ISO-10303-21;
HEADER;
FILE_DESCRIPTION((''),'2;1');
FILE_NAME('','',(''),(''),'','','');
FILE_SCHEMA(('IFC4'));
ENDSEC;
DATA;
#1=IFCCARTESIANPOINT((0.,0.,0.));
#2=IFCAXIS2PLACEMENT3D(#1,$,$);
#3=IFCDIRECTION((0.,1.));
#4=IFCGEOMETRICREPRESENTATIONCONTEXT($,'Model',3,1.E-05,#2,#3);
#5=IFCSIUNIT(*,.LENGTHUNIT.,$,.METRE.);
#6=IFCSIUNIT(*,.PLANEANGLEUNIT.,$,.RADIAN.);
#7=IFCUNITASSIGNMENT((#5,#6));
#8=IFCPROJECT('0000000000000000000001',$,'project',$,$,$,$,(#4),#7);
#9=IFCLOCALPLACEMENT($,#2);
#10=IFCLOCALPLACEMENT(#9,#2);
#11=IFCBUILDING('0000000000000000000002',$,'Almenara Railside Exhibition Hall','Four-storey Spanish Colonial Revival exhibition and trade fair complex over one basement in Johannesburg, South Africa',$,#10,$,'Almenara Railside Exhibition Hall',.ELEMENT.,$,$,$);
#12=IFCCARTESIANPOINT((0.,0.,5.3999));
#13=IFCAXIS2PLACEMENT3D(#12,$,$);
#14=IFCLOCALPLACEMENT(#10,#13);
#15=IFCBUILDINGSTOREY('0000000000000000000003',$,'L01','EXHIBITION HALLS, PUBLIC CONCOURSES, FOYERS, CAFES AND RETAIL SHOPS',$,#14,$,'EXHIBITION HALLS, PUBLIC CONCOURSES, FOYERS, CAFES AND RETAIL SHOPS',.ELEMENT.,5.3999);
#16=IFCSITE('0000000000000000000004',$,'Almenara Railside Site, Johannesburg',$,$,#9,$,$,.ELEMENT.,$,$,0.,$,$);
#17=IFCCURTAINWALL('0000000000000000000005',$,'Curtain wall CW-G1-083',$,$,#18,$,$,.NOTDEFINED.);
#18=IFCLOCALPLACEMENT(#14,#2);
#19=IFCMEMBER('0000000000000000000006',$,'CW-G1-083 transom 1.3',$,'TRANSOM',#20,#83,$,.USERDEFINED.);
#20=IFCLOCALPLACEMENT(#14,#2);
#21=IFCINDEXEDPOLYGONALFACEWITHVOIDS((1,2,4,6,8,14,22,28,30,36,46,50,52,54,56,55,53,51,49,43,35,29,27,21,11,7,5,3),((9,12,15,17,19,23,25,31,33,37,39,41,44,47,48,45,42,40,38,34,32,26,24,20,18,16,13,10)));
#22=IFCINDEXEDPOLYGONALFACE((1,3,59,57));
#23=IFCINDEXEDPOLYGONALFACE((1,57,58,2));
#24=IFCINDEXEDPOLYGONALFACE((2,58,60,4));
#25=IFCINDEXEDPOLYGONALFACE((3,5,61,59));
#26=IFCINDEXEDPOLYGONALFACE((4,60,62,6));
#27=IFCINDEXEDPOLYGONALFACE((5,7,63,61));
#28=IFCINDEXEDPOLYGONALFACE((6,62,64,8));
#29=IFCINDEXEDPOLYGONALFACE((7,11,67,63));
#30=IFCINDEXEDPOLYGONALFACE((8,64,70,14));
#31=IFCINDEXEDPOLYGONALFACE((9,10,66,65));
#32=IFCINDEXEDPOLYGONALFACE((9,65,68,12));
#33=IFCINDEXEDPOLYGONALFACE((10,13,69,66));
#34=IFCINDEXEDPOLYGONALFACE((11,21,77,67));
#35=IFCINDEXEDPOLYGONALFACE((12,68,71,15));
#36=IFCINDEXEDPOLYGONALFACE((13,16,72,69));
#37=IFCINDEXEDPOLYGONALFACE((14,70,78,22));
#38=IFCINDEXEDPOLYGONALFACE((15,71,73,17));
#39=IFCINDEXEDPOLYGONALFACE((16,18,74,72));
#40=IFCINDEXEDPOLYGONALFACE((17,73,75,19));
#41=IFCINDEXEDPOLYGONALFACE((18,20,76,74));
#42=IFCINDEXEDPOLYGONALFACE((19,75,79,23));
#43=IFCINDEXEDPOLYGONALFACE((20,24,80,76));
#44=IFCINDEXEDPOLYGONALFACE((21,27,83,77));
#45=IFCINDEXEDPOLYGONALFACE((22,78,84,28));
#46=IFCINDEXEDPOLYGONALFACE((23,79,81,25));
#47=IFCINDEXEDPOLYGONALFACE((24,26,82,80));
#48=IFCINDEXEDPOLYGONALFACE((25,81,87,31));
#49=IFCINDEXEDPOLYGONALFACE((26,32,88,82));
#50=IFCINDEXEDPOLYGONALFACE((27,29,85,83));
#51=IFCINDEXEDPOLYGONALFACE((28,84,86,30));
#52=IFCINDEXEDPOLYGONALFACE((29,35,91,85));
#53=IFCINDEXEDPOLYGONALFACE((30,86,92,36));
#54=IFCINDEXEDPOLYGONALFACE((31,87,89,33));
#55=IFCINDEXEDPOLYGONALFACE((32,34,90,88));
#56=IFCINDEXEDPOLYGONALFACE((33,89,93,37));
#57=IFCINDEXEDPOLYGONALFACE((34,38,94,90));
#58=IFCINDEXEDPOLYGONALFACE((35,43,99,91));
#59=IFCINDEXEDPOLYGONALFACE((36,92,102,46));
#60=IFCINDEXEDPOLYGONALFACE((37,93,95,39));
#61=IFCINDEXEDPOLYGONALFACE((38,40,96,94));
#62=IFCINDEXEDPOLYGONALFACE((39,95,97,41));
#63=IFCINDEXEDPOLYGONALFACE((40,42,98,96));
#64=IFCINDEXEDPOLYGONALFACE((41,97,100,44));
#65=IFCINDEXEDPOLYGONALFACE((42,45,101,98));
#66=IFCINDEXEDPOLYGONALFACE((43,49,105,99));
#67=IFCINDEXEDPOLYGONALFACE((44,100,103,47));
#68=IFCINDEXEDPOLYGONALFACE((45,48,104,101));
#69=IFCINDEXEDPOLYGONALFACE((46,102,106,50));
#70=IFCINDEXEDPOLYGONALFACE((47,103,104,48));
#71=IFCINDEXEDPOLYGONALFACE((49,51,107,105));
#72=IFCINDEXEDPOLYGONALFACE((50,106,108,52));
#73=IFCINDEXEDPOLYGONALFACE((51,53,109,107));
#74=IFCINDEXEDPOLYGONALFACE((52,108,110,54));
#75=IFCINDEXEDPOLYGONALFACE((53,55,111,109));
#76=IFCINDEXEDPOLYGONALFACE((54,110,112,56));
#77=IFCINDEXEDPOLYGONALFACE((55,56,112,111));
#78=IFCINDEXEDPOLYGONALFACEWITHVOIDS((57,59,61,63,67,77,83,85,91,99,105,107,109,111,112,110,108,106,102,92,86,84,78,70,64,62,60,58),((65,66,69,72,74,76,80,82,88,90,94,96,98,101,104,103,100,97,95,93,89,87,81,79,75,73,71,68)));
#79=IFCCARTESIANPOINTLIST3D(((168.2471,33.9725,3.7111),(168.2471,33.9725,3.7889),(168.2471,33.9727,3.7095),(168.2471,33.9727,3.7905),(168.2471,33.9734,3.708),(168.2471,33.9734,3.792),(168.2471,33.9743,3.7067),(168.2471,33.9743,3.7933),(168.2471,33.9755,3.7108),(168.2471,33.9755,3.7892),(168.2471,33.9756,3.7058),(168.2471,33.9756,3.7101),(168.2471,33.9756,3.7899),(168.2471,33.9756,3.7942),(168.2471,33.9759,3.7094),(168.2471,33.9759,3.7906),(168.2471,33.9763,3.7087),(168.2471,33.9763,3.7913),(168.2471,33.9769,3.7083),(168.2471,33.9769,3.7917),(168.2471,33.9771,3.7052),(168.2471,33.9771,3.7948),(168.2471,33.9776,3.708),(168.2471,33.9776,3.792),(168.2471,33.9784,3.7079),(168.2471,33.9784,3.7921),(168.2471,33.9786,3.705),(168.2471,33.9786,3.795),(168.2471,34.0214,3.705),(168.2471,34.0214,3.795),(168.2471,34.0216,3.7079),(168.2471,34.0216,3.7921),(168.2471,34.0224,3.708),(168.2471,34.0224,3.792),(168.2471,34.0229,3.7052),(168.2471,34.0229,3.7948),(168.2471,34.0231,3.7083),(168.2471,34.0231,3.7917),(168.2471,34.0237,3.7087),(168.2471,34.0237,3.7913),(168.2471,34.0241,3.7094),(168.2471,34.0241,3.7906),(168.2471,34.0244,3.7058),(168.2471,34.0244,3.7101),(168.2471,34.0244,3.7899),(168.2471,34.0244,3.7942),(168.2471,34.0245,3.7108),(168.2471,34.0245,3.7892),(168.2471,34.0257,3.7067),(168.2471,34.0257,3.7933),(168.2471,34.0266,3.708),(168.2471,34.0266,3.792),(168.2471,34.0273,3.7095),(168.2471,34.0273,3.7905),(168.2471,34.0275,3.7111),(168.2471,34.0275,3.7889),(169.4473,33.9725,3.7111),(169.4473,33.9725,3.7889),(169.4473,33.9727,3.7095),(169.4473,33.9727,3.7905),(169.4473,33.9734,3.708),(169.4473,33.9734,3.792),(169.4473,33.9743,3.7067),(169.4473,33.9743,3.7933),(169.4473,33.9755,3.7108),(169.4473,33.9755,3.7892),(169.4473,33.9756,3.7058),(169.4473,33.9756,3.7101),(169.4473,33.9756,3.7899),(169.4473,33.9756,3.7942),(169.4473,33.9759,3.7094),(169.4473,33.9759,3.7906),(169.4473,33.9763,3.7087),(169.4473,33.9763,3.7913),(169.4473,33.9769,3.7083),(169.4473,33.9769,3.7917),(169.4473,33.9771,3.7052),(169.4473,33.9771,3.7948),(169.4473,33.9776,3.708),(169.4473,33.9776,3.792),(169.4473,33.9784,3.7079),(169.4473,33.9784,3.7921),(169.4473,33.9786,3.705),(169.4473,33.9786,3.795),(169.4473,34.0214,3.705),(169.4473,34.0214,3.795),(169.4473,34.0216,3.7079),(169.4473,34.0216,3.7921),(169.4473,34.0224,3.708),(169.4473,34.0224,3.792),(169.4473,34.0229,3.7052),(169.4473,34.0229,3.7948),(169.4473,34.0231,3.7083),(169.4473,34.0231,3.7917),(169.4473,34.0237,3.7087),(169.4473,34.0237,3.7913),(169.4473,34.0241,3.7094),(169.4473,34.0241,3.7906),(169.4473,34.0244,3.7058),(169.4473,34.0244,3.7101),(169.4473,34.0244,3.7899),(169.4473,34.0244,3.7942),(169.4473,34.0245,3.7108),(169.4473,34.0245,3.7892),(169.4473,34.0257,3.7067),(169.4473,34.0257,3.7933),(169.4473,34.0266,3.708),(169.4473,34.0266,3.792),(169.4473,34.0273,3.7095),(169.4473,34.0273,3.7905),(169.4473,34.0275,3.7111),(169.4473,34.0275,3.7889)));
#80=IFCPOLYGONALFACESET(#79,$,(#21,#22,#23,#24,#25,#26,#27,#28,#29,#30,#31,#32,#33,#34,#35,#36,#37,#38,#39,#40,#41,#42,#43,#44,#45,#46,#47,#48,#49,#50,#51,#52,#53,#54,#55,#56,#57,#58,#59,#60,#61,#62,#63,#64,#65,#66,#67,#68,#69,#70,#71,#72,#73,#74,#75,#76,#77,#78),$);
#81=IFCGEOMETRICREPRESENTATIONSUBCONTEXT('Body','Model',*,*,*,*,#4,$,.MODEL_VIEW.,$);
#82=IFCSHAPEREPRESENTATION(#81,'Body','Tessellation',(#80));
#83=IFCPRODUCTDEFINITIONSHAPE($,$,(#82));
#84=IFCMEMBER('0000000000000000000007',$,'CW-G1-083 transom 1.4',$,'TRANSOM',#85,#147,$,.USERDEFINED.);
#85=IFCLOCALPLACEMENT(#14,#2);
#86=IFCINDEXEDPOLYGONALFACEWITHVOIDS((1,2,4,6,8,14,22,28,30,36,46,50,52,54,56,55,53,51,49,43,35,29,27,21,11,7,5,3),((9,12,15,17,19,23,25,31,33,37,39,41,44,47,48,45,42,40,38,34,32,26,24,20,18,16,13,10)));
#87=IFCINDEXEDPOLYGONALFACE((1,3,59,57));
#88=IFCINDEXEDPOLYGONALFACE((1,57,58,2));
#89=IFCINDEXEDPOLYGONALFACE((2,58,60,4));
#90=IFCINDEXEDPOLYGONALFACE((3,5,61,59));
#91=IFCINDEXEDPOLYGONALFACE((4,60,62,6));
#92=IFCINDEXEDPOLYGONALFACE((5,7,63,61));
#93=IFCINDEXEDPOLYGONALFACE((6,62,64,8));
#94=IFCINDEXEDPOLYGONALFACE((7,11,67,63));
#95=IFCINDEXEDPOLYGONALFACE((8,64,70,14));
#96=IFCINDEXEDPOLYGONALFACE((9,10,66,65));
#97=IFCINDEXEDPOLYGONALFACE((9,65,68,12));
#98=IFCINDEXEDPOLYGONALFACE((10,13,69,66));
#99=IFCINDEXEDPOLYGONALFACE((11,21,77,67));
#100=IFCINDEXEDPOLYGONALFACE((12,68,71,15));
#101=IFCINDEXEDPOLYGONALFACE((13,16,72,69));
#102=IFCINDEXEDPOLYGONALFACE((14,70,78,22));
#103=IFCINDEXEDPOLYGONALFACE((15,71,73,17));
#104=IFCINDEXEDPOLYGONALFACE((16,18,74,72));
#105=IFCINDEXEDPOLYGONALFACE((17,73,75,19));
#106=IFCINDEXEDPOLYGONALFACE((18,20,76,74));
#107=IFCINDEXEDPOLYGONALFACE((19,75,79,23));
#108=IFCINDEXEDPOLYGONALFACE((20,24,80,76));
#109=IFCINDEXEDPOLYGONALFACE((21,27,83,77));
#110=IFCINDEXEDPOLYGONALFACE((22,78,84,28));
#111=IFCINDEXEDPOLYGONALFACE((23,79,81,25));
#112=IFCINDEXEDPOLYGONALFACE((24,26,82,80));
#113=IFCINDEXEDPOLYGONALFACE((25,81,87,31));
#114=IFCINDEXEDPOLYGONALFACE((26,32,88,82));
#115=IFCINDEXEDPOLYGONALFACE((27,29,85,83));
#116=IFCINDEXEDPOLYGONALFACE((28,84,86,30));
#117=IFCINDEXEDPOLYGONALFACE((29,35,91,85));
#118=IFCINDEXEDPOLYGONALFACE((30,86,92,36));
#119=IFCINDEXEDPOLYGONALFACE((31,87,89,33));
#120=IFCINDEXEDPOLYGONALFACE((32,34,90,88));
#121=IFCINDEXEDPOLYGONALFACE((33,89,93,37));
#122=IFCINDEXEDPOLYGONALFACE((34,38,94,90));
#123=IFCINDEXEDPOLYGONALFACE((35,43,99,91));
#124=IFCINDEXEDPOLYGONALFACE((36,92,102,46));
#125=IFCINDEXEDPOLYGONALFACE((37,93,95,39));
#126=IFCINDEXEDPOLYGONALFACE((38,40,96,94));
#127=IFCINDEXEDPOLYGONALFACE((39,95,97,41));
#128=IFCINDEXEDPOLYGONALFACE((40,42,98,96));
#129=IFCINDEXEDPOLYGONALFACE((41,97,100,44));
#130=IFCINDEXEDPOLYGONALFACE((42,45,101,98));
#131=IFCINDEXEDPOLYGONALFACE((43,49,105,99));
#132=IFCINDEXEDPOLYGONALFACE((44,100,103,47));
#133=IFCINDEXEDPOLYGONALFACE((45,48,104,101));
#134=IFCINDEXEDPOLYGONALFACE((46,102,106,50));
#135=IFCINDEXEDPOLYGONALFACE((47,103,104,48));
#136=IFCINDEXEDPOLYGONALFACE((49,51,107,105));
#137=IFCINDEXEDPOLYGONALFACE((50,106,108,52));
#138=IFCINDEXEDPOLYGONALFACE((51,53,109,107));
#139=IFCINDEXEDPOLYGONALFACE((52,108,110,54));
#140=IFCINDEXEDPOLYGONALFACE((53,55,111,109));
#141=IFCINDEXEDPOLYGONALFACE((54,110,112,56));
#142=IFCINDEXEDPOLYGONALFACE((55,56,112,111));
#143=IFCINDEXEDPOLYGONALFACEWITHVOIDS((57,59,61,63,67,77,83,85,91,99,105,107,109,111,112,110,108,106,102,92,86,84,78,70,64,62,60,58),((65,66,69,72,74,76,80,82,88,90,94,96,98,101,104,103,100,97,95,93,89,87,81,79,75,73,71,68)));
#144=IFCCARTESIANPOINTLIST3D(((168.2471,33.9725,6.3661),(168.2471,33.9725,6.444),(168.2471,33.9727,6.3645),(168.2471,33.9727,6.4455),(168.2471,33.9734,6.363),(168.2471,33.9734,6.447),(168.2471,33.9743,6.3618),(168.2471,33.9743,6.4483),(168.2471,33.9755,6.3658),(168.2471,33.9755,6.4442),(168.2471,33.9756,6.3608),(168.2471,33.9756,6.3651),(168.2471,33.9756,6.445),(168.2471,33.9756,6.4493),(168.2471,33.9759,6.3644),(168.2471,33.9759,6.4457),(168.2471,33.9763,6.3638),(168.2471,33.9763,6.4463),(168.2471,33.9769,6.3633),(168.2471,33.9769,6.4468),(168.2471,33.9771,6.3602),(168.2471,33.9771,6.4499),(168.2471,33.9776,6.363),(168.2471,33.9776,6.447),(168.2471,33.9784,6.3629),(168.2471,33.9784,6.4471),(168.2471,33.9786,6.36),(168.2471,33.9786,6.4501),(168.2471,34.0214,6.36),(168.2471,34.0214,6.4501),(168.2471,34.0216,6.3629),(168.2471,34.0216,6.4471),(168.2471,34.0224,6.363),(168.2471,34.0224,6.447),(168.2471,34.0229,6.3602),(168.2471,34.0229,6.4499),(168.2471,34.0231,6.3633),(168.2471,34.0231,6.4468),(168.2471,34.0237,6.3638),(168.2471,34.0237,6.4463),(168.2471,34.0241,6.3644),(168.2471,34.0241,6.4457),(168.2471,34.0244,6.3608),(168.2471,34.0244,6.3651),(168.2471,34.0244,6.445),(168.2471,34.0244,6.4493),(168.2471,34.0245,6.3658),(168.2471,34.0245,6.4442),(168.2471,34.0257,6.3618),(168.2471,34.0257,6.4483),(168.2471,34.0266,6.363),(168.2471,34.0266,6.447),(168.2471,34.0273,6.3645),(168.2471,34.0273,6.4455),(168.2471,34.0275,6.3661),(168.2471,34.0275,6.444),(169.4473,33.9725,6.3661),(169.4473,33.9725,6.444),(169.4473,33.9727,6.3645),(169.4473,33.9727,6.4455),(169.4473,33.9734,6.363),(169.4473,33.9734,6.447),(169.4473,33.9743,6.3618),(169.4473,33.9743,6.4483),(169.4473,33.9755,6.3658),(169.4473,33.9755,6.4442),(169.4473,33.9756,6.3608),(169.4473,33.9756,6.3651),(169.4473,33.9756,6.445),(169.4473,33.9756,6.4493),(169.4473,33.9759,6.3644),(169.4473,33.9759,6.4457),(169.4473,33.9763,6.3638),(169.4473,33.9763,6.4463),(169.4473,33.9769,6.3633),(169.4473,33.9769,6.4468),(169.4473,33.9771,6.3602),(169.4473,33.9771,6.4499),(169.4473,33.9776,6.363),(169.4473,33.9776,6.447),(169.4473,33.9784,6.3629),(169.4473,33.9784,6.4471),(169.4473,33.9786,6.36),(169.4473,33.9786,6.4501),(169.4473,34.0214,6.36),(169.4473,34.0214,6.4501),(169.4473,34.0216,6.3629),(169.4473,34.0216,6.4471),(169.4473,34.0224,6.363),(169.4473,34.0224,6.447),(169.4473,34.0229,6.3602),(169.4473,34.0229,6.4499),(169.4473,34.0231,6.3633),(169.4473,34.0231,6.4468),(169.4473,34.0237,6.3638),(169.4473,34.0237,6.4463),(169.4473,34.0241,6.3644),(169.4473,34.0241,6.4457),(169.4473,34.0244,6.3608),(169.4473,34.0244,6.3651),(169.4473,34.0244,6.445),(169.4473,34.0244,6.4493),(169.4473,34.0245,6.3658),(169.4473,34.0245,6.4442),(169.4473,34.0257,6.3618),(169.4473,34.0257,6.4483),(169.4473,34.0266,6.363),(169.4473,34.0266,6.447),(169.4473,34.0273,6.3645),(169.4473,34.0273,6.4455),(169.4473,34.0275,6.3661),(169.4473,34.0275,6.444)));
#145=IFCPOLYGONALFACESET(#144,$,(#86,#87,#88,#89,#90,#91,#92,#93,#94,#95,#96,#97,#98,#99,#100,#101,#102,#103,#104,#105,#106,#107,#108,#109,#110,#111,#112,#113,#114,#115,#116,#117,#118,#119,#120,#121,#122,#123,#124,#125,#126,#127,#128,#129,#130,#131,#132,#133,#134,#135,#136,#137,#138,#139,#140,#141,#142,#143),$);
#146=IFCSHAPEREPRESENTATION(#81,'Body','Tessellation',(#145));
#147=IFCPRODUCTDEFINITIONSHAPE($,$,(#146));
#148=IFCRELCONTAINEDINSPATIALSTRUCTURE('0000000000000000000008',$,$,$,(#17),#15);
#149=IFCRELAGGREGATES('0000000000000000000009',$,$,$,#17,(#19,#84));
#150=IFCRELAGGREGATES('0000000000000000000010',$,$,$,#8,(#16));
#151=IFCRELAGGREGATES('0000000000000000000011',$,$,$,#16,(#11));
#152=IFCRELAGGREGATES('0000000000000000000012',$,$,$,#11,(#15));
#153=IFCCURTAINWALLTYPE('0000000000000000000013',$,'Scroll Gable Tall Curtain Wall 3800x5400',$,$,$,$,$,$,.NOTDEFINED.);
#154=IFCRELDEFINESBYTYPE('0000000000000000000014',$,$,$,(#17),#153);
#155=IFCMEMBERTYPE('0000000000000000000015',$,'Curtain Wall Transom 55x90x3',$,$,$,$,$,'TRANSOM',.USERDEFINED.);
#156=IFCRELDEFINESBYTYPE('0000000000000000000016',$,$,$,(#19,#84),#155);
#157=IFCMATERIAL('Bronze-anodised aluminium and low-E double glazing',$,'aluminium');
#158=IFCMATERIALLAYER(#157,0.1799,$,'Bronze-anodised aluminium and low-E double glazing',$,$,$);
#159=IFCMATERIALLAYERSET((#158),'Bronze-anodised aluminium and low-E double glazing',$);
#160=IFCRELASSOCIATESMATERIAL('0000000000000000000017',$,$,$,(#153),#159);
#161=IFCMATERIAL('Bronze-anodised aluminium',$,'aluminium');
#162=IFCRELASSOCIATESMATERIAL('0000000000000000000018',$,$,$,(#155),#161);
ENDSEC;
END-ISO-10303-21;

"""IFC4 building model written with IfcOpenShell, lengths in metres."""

from ifc_helpers import new_model, si_unit, direction, frame, origin, origin_2d, place, context, subcontext, project, spatial, hollow_rectangle, extrude, material, layer, layer_set, material_profile, profile_set, type_object, element, aggregate, save


model = new_model("IFC4")

# Units and contexts
model_context = context("Model", 3, precision=1e-05, world=origin(), true_north=direction((0.0, 1.0)))
body_context = subcontext(model_context, "Body", "Model", "MODEL_VIEW")
ifc_project = project(units=[si_unit("LENGTHUNIT", "METRE"), si_unit("PLANEANGLEUNIT", "RADIAN")], contexts=[model_context])

# Site, building, storey
site_placement = place(None, origin())
site = spatial("IfcSite", under=ifc_project, at=site_placement, Name="Almenara Railside Site, Johannesburg", CompositionType="ELEMENT", RefElevation=0.0)
building_placement = place(site_placement, origin())
building = spatial("IfcBuilding", under=site, at=building_placement, Name="Almenara Railside Exhibition Hall", Description="Four-storey Spanish Colonial Revival exhibition and trade fair complex over one basement in Johannesburg, South Africa", LongName="Almenara Railside Exhibition Hall", CompositionType="ELEMENT")
storey_placement = place(building_placement, frame((0.0, 0.0, 5.3999)))
storey = spatial("IfcBuildingStorey", under=building, at=storey_placement, Name="L01", Description="EXHIBITION HALLS, PUBLIC CONCOURSES, FOYERS, CAFES AND RETAIL SHOPS", LongName="EXHIBITION HALLS, PUBLIC CONCOURSES, FOYERS, CAFES AND RETAIL SHOPS", CompositionType="ELEMENT", Elevation=5.3999)

# Curtain wall, members
ifc_material_1 = material(Name="Bronze-anodised aluminium and low-E double glazing", Category="aluminium")
ifc_layer_1 = layer(ifc_material_1, 0.1799, Name="Bronze-anodised aluminium and low-E double glazing")
ifc_layer_set_1 = layer_set([ifc_layer_1], Name="Bronze-anodised aluminium and low-E double glazing")
curtain_wall_type = type_object("IfcCurtainWallType", Name="Scroll Gable Tall Curtain Wall 3800x5400", PredefinedType="NOTDEFINED", material=ifc_layer_set_1)
curtain_wall_placement = place(storey_placement, origin())
curtain_wall = element("IfcCurtainWall", 1, at=curtain_wall_placement, inside=storey, type_object=curtain_wall_type, Name="Curtain wall CW-G1-083", PredefinedType="NOTDEFINED")
ifc_material_2 = material(Name="Bronze-anodised aluminium", Category="aluminium")
ifc_material_profile_1 = material_profile(ifc_material_2, hollow_rectangle(XDim=0.0549, YDim=0.0901, WallThickness=0.0029, InnerFilletRadius=0.0029, OuterFilletRadius=0.0061, at=origin_2d()), Name="ALU-TRN 55x90x3")
ifc_profile_set_1 = profile_set([ifc_material_profile_1], Name="Bronze-anodised aluminium")
member_type_1 = type_object("IfcMemberType", Name="Curtain Wall Transom 55x90x3", ElementType="TRANSOM", PredefinedType="USERDEFINED", material=ifc_profile_set_1)
member_1_placement = place(storey_placement, frame((168.2471, 34.0, 3.75), z_axis=(1.0, 0.0, 0.0), x_axis=(0.0, 1.0, 0.0)))
member_1 = element("IfcMember", 2, at=member_1_placement, type_object=member_type_1, Name="CW-G1-083 transom 1.3", ObjectType="TRANSOM", PredefinedType="USERDEFINED", context=body_context, shape_type="SweptSolid", body=[
    extrude(hollow_rectangle(XDim=0.0549, YDim=0.0901, WallThickness=0.0029, InnerFilletRadius=0.0029, OuterFilletRadius=0.0061, at=origin_2d()), origin(), (0.0, 0.0, 1.0), 1.2002),
])
member_2_placement = place(storey_placement, frame((168.2471, 34.0, 6.405), z_axis=(1.0, 0.0, 0.0), x_axis=(0.0, 1.0, 0.0)))
member_2 = element("IfcMember", 3, at=member_2_placement, type_object=member_type_1, Name="CW-G1-083 transom 1.4", ObjectType="TRANSOM", PredefinedType="USERDEFINED", context=body_context, shape_type="SweptSolid", body=[
    extrude(hollow_rectangle(XDim=0.0549, YDim=0.0901, WallThickness=0.0029, InnerFilletRadius=0.0029, OuterFilletRadius=0.0061, at=origin_2d()), origin(), (0.0, 0.0, 1.0), 1.2002),
])
aggregate(curtain_wall, [member_1, member_2])

save(model, "model.ifc")
